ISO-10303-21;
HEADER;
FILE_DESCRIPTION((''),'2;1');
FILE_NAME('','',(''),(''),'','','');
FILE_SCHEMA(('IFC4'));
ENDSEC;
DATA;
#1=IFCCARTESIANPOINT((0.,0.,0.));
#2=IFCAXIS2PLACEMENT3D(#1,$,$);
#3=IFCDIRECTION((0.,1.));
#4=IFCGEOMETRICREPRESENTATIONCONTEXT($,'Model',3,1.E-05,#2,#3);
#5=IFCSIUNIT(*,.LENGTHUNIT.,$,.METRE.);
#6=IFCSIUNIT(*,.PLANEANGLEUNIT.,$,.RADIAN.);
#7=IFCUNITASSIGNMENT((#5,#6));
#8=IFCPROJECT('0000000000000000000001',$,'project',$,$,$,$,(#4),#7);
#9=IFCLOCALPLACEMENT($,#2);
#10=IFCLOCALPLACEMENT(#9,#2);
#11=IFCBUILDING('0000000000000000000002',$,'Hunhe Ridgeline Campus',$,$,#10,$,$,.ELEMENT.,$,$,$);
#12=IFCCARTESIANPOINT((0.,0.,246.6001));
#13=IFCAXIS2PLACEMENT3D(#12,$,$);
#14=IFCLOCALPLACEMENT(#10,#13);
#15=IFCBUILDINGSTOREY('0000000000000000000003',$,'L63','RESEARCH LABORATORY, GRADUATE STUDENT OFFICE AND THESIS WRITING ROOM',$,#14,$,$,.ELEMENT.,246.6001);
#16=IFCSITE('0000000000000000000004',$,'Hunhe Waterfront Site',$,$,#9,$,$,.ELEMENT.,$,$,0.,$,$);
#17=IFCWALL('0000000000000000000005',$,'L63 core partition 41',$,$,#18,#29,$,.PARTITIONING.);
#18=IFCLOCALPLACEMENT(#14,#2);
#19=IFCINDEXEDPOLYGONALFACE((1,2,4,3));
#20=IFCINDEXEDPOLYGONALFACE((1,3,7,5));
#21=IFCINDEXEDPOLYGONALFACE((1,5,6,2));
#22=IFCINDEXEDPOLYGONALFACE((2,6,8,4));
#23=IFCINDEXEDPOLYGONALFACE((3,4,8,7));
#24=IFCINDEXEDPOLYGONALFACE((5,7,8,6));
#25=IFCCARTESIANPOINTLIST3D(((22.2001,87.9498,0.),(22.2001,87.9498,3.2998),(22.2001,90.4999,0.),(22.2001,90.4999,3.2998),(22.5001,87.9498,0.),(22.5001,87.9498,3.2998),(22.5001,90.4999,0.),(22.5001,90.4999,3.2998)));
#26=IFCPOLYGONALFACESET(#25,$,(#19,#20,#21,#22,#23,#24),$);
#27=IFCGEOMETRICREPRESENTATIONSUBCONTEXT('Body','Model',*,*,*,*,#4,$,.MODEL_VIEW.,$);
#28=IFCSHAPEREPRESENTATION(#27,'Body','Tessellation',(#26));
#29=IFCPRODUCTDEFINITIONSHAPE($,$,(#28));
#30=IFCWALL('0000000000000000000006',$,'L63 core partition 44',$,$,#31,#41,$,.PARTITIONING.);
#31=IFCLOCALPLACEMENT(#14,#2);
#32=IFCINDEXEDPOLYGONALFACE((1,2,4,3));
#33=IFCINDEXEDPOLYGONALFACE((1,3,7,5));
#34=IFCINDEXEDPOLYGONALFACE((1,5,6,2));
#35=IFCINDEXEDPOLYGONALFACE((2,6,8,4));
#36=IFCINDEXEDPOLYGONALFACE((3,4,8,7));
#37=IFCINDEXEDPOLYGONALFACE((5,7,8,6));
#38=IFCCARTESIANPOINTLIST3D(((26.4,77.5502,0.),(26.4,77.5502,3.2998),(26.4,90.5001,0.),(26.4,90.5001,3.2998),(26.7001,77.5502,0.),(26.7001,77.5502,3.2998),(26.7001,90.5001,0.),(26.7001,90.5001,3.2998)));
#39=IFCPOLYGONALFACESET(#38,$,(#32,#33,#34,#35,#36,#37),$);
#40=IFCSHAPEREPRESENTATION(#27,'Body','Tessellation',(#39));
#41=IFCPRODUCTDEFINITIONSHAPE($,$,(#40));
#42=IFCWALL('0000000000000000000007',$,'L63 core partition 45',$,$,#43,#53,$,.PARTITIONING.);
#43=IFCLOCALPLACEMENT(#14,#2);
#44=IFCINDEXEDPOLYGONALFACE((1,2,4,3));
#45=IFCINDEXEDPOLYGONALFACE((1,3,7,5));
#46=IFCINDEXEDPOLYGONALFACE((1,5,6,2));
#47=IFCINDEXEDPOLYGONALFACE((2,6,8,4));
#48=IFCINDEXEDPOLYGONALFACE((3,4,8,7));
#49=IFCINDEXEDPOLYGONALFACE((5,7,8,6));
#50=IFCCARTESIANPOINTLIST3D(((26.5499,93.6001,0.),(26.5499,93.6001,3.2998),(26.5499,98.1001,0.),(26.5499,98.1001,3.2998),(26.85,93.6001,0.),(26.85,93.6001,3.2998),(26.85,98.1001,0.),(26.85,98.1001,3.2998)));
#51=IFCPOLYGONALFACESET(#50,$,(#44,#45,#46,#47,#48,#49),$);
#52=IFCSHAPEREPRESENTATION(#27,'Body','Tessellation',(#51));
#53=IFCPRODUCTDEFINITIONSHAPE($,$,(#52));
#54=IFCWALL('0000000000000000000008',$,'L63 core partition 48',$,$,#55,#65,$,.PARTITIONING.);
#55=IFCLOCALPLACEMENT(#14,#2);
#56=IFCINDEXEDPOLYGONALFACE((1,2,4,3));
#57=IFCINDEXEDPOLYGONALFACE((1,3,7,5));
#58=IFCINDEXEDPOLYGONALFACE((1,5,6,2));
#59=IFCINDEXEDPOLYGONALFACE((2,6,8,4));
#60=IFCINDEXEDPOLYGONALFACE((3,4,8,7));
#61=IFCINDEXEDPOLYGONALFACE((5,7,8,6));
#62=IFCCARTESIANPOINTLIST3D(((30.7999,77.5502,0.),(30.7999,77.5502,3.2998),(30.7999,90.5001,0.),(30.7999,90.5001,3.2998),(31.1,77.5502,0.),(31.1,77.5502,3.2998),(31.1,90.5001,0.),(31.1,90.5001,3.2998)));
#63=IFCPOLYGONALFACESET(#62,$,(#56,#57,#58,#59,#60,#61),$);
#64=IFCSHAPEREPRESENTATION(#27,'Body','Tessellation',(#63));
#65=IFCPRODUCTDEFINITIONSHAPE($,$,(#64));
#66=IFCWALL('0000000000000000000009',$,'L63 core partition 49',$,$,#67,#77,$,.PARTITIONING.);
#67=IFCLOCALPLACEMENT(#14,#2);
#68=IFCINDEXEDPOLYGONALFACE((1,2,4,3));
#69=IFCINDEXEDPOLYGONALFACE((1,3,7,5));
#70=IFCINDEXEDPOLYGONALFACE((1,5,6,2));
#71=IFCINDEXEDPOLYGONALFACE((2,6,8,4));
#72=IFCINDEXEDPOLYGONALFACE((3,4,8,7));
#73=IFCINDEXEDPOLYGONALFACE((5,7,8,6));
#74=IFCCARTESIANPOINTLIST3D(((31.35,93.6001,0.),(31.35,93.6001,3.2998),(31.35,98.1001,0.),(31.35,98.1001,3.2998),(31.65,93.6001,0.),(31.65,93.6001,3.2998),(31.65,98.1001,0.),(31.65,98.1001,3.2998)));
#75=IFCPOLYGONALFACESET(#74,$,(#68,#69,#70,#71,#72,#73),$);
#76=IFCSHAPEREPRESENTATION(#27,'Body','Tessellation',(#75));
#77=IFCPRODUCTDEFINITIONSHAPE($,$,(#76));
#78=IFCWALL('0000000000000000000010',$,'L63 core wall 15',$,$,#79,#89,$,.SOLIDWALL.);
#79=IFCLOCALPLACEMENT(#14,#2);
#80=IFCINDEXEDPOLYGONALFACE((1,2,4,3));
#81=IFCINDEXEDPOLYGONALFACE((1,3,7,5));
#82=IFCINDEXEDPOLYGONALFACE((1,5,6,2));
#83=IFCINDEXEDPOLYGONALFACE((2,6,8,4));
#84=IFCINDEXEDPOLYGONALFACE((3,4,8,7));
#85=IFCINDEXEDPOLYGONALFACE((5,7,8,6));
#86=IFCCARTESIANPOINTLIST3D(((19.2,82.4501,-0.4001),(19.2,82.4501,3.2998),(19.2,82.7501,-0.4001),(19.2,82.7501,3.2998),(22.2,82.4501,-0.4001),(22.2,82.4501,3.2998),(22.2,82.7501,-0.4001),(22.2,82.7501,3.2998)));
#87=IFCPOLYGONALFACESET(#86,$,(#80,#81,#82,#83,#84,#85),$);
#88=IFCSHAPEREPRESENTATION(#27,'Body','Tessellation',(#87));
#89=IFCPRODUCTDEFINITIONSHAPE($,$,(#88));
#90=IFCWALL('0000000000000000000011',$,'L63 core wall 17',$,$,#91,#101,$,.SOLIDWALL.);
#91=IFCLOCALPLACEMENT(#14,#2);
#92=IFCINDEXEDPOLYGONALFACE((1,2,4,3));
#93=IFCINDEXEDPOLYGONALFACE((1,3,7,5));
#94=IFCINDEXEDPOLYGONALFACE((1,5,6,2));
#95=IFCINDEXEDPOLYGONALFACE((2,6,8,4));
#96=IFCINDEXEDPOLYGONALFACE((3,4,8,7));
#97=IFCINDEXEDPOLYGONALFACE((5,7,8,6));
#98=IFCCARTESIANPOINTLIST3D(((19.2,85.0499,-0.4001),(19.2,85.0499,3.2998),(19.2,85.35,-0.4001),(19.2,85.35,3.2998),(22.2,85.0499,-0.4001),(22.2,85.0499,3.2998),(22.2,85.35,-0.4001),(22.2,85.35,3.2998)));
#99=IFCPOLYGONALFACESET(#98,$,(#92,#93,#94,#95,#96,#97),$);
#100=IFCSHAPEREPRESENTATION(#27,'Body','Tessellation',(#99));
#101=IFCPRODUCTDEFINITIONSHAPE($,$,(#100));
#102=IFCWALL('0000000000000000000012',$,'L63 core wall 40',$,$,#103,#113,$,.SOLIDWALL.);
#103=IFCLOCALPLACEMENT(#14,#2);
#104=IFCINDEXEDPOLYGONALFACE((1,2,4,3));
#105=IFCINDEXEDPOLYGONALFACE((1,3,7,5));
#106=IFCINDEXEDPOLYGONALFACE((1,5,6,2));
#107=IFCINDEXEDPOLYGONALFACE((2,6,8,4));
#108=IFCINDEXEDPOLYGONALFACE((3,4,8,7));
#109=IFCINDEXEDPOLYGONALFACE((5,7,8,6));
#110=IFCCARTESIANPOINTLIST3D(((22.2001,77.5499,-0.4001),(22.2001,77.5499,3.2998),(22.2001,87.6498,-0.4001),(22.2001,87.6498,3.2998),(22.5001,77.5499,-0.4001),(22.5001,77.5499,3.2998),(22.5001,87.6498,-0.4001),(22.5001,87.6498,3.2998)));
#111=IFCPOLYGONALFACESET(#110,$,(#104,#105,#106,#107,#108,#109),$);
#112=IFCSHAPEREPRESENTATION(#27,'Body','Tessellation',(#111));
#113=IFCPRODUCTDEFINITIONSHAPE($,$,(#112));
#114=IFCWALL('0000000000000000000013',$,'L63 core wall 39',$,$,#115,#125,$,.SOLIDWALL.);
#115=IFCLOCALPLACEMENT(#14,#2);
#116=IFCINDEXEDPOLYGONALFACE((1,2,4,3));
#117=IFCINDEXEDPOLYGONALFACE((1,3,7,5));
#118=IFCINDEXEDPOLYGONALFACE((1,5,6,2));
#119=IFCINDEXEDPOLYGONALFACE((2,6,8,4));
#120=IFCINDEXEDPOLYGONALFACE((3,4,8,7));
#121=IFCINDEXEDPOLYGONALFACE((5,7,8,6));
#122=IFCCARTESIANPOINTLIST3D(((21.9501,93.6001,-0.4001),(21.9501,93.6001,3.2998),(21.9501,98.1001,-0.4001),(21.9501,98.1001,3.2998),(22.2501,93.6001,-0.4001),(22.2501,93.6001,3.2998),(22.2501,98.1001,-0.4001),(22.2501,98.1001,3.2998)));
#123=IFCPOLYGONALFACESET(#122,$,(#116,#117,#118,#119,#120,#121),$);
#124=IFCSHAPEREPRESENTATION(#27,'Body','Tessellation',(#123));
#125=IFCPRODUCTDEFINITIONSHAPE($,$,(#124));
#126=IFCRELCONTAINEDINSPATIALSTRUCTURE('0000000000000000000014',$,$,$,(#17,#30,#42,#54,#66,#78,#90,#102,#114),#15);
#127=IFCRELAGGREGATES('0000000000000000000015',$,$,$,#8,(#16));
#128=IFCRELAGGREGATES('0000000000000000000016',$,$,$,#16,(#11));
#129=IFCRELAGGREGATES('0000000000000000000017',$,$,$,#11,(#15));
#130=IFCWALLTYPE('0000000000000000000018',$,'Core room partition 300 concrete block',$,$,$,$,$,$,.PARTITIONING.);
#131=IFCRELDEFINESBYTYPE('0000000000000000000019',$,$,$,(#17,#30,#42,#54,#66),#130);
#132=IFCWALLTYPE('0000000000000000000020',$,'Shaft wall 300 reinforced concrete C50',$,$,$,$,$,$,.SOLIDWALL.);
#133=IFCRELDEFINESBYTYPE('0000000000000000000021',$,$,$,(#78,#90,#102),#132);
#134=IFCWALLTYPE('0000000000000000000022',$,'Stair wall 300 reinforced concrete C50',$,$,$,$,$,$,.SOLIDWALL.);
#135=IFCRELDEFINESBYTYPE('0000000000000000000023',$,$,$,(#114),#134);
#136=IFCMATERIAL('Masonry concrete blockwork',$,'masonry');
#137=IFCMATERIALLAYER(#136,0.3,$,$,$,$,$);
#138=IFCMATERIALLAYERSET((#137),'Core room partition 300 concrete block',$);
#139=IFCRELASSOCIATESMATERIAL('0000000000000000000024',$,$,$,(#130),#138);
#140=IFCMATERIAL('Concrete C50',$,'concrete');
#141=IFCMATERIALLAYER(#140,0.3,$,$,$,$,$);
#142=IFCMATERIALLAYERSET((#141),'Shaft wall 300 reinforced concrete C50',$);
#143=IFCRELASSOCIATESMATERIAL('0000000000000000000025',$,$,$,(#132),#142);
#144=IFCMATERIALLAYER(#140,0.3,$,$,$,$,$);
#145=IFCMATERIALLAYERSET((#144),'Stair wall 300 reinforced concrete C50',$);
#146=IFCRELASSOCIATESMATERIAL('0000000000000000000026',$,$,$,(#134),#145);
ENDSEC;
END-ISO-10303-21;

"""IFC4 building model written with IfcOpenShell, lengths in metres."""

from ifc_helpers import new_model, si_unit, direction, frame, frame_2d, origin, place, context, subcontext, project, spatial, rectangle, extrude, material, layer, layer_set, type_object, element, save


model = new_model("IFC4")

# Units and contexts
model_context = context("Model", 3, precision=1e-05, world=origin(), true_north=direction((0.0, 1.0)))
body_context = subcontext(model_context, "Body", "Model", "MODEL_VIEW")
ifc_project = project(units=[si_unit("LENGTHUNIT", "METRE"), si_unit("PLANEANGLEUNIT", "RADIAN")], contexts=[model_context])

# Site, building, storey
site_placement = place(None, origin())
site = spatial("IfcSite", under=ifc_project, at=site_placement, Name="Hunhe Waterfront Site", CompositionType="ELEMENT", RefElevation=0.0)
building_placement = place(site_placement, origin())
building = spatial("IfcBuilding", under=site, at=building_placement, Name="Hunhe Ridgeline Campus", CompositionType="ELEMENT")
storey_placement = place(building_placement, frame((0.0, 0.0, 246.6001)))
storey = spatial("IfcBuildingStorey", under=building, at=storey_placement, Name="L63", Description="RESEARCH LABORATORY, GRADUATE STUDENT OFFICE AND THESIS WRITING ROOM", CompositionType="ELEMENT", Elevation=246.6001)

# Shared definitions
ifc_material_1 = material(Name="Masonry concrete blockwork", Category="masonry")
ifc_layer_1 = layer(ifc_material_1, 0.3)
ifc_layer_set_1 = layer_set([ifc_layer_1], Name="Core room partition 300 concrete block")
wall_type_1 = type_object("IfcWallType", Name="Core room partition 300 concrete block", PredefinedType="PARTITIONING", material=ifc_layer_set_1)

# Walls
wall_1_placement = place(storey_placement, frame((22.3501, 87.95, 0.0), z_axis=(0.0, 0.0, 1.0), x_axis=(0.0, 1.0, 0.0)))
element("IfcWall", 1, at=wall_1_placement, inside=storey, type_object=wall_type_1, Name="L63 core partition 41", PredefinedType="PARTITIONING", context=body_context, shape_type="SweptSolid", body=[
    extrude(rectangle(XDim=2.55, YDim=0.3, at=frame_2d((1.2749, 0.0))), origin(), (0.0, 0.0, 1.0), 3.2998),
])
wall_2_placement = place(storey_placement, frame((26.55, 77.55, 0.0), z_axis=(0.0, 0.0, 1.0), x_axis=(0.0, 1.0, 0.0)))
element("IfcWall", 2, at=wall_2_placement, inside=storey, type_object=wall_type_1, Name="L63 core partition 44", PredefinedType="PARTITIONING", context=body_context, shape_type="SweptSolid", body=[
    extrude(rectangle(XDim=12.95, YDim=0.3, at=frame_2d((6.4751, 0.0))), origin(), (0.0, 0.0, 1.0), 3.2998),
])
wall_3_placement = place(storey_placement, frame((26.7, 93.6001, 0.0), z_axis=(0.0, 0.0, 1.0), x_axis=(0.0, 1.0, 0.0)))
element("IfcWall", 3, at=wall_3_placement, inside=storey, type_object=wall_type_1, Name="L63 core partition 45", PredefinedType="PARTITIONING", context=body_context, shape_type="SweptSolid", body=[
    extrude(rectangle(XDim=4.5, YDim=0.3, at=frame_2d((2.25, 0.0))), origin(), (0.0, 0.0, 1.0), 3.2998),
])
wall_4_placement = place(storey_placement, frame((30.95, 77.55, 0.0), z_axis=(0.0, 0.0, 1.0), x_axis=(0.0, 1.0, 0.0)))
element("IfcWall", 4, at=wall_4_placement, inside=storey, type_object=wall_type_1, Name="L63 core partition 48", PredefinedType="PARTITIONING", context=body_context, shape_type="SweptSolid", body=[
    extrude(rectangle(XDim=12.95, YDim=0.3, at=frame_2d((6.4751, 0.0))), origin(), (0.0, 0.0, 1.0), 3.2998),
])
wall_5_placement = place(storey_placement, frame((31.5, 93.6001, 0.0), z_axis=(0.0, 0.0, 1.0), x_axis=(0.0, 1.0, 0.0)))
element("IfcWall", 5, at=wall_5_placement, inside=storey, type_object=wall_type_1, Name="L63 core partition 49", PredefinedType="PARTITIONING", context=body_context, shape_type="SweptSolid", body=[
    extrude(rectangle(XDim=4.5, YDim=0.3, at=frame_2d((2.25, 0.0))), origin(), (0.0, 0.0, 1.0), 3.2998),
])
ifc_material_2 = material(Name="Concrete C50", Category="concrete")
ifc_layer_2 = layer(ifc_material_2, 0.3)
ifc_layer_set_2 = layer_set([ifc_layer_2], Name="Shaft wall 300 reinforced concrete C50")
wall_type_2 = type_object("IfcWallType", Name="Shaft wall 300 reinforced concrete C50", PredefinedType="SOLIDWALL", material=ifc_layer_set_2)
for number, where, z_axis, x_axis, name in (
    (6, (19.2, 82.6001, -0.4001), (0.0, 0.0, 1.0), (1.0, 0.0, 0.0), "L63 core wall 15"),
    (7, (19.2, 85.2, -0.4001), (0.0, 0.0, 1.0), (1.0, 0.0, 0.0), "L63 core wall 17"),
):
    element("IfcWall", number, at=place(storey_placement, frame(where, z_axis=z_axis, x_axis=x_axis)), inside=storey, type_object=wall_type_2, Name=name, PredefinedType="SOLIDWALL", context=body_context, shape_type="SweptSolid", body=[
        extrude(rectangle(XDim=3.0, YDim=0.3, at=frame_2d((1.5, 0.0))), origin(), (0.0, 0.0, 1.0), 3.7),
    ])
wall_6_placement = place(storey_placement, frame((22.3501, 77.55, -0.4001), z_axis=(0.0, 0.0, 1.0), x_axis=(0.0, 1.0, 0.0)))
element("IfcWall", 8, at=wall_6_placement, inside=storey, type_object=wall_type_2, Name="L63 core wall 40", PredefinedType="SOLIDWALL", context=body_context, shape_type="SweptSolid", body=[
    extrude(rectangle(XDim=10.0999, YDim=0.3, at=frame_2d((5.0498, 0.0))), origin(), (0.0, 0.0, 1.0), 3.7),
])
ifc_layer_3 = layer(ifc_material_2, 0.3)
ifc_layer_set_3 = layer_set([ifc_layer_3], Name="Stair wall 300 reinforced concrete C50")
wall_type_3 = type_object("IfcWallType", Name="Stair wall 300 reinforced concrete C50", PredefinedType="SOLIDWALL", material=ifc_layer_set_3)
wall_7_placement = place(storey_placement, frame((22.1001, 93.6001, -0.4001), z_axis=(0.0, 0.0, 1.0), x_axis=(0.0, 1.0, 0.0)))
element("IfcWall", 9, at=wall_7_placement, inside=storey, type_object=wall_type_3, Name="L63 core wall 39", PredefinedType="SOLIDWALL", context=body_context, shape_type="SweptSolid", body=[
    extrude(rectangle(XDim=4.5, YDim=0.3, at=frame_2d((2.25, 0.0))), origin(), (0.0, 0.0, 1.0), 3.7),
])

save(model, "model.ifc")
